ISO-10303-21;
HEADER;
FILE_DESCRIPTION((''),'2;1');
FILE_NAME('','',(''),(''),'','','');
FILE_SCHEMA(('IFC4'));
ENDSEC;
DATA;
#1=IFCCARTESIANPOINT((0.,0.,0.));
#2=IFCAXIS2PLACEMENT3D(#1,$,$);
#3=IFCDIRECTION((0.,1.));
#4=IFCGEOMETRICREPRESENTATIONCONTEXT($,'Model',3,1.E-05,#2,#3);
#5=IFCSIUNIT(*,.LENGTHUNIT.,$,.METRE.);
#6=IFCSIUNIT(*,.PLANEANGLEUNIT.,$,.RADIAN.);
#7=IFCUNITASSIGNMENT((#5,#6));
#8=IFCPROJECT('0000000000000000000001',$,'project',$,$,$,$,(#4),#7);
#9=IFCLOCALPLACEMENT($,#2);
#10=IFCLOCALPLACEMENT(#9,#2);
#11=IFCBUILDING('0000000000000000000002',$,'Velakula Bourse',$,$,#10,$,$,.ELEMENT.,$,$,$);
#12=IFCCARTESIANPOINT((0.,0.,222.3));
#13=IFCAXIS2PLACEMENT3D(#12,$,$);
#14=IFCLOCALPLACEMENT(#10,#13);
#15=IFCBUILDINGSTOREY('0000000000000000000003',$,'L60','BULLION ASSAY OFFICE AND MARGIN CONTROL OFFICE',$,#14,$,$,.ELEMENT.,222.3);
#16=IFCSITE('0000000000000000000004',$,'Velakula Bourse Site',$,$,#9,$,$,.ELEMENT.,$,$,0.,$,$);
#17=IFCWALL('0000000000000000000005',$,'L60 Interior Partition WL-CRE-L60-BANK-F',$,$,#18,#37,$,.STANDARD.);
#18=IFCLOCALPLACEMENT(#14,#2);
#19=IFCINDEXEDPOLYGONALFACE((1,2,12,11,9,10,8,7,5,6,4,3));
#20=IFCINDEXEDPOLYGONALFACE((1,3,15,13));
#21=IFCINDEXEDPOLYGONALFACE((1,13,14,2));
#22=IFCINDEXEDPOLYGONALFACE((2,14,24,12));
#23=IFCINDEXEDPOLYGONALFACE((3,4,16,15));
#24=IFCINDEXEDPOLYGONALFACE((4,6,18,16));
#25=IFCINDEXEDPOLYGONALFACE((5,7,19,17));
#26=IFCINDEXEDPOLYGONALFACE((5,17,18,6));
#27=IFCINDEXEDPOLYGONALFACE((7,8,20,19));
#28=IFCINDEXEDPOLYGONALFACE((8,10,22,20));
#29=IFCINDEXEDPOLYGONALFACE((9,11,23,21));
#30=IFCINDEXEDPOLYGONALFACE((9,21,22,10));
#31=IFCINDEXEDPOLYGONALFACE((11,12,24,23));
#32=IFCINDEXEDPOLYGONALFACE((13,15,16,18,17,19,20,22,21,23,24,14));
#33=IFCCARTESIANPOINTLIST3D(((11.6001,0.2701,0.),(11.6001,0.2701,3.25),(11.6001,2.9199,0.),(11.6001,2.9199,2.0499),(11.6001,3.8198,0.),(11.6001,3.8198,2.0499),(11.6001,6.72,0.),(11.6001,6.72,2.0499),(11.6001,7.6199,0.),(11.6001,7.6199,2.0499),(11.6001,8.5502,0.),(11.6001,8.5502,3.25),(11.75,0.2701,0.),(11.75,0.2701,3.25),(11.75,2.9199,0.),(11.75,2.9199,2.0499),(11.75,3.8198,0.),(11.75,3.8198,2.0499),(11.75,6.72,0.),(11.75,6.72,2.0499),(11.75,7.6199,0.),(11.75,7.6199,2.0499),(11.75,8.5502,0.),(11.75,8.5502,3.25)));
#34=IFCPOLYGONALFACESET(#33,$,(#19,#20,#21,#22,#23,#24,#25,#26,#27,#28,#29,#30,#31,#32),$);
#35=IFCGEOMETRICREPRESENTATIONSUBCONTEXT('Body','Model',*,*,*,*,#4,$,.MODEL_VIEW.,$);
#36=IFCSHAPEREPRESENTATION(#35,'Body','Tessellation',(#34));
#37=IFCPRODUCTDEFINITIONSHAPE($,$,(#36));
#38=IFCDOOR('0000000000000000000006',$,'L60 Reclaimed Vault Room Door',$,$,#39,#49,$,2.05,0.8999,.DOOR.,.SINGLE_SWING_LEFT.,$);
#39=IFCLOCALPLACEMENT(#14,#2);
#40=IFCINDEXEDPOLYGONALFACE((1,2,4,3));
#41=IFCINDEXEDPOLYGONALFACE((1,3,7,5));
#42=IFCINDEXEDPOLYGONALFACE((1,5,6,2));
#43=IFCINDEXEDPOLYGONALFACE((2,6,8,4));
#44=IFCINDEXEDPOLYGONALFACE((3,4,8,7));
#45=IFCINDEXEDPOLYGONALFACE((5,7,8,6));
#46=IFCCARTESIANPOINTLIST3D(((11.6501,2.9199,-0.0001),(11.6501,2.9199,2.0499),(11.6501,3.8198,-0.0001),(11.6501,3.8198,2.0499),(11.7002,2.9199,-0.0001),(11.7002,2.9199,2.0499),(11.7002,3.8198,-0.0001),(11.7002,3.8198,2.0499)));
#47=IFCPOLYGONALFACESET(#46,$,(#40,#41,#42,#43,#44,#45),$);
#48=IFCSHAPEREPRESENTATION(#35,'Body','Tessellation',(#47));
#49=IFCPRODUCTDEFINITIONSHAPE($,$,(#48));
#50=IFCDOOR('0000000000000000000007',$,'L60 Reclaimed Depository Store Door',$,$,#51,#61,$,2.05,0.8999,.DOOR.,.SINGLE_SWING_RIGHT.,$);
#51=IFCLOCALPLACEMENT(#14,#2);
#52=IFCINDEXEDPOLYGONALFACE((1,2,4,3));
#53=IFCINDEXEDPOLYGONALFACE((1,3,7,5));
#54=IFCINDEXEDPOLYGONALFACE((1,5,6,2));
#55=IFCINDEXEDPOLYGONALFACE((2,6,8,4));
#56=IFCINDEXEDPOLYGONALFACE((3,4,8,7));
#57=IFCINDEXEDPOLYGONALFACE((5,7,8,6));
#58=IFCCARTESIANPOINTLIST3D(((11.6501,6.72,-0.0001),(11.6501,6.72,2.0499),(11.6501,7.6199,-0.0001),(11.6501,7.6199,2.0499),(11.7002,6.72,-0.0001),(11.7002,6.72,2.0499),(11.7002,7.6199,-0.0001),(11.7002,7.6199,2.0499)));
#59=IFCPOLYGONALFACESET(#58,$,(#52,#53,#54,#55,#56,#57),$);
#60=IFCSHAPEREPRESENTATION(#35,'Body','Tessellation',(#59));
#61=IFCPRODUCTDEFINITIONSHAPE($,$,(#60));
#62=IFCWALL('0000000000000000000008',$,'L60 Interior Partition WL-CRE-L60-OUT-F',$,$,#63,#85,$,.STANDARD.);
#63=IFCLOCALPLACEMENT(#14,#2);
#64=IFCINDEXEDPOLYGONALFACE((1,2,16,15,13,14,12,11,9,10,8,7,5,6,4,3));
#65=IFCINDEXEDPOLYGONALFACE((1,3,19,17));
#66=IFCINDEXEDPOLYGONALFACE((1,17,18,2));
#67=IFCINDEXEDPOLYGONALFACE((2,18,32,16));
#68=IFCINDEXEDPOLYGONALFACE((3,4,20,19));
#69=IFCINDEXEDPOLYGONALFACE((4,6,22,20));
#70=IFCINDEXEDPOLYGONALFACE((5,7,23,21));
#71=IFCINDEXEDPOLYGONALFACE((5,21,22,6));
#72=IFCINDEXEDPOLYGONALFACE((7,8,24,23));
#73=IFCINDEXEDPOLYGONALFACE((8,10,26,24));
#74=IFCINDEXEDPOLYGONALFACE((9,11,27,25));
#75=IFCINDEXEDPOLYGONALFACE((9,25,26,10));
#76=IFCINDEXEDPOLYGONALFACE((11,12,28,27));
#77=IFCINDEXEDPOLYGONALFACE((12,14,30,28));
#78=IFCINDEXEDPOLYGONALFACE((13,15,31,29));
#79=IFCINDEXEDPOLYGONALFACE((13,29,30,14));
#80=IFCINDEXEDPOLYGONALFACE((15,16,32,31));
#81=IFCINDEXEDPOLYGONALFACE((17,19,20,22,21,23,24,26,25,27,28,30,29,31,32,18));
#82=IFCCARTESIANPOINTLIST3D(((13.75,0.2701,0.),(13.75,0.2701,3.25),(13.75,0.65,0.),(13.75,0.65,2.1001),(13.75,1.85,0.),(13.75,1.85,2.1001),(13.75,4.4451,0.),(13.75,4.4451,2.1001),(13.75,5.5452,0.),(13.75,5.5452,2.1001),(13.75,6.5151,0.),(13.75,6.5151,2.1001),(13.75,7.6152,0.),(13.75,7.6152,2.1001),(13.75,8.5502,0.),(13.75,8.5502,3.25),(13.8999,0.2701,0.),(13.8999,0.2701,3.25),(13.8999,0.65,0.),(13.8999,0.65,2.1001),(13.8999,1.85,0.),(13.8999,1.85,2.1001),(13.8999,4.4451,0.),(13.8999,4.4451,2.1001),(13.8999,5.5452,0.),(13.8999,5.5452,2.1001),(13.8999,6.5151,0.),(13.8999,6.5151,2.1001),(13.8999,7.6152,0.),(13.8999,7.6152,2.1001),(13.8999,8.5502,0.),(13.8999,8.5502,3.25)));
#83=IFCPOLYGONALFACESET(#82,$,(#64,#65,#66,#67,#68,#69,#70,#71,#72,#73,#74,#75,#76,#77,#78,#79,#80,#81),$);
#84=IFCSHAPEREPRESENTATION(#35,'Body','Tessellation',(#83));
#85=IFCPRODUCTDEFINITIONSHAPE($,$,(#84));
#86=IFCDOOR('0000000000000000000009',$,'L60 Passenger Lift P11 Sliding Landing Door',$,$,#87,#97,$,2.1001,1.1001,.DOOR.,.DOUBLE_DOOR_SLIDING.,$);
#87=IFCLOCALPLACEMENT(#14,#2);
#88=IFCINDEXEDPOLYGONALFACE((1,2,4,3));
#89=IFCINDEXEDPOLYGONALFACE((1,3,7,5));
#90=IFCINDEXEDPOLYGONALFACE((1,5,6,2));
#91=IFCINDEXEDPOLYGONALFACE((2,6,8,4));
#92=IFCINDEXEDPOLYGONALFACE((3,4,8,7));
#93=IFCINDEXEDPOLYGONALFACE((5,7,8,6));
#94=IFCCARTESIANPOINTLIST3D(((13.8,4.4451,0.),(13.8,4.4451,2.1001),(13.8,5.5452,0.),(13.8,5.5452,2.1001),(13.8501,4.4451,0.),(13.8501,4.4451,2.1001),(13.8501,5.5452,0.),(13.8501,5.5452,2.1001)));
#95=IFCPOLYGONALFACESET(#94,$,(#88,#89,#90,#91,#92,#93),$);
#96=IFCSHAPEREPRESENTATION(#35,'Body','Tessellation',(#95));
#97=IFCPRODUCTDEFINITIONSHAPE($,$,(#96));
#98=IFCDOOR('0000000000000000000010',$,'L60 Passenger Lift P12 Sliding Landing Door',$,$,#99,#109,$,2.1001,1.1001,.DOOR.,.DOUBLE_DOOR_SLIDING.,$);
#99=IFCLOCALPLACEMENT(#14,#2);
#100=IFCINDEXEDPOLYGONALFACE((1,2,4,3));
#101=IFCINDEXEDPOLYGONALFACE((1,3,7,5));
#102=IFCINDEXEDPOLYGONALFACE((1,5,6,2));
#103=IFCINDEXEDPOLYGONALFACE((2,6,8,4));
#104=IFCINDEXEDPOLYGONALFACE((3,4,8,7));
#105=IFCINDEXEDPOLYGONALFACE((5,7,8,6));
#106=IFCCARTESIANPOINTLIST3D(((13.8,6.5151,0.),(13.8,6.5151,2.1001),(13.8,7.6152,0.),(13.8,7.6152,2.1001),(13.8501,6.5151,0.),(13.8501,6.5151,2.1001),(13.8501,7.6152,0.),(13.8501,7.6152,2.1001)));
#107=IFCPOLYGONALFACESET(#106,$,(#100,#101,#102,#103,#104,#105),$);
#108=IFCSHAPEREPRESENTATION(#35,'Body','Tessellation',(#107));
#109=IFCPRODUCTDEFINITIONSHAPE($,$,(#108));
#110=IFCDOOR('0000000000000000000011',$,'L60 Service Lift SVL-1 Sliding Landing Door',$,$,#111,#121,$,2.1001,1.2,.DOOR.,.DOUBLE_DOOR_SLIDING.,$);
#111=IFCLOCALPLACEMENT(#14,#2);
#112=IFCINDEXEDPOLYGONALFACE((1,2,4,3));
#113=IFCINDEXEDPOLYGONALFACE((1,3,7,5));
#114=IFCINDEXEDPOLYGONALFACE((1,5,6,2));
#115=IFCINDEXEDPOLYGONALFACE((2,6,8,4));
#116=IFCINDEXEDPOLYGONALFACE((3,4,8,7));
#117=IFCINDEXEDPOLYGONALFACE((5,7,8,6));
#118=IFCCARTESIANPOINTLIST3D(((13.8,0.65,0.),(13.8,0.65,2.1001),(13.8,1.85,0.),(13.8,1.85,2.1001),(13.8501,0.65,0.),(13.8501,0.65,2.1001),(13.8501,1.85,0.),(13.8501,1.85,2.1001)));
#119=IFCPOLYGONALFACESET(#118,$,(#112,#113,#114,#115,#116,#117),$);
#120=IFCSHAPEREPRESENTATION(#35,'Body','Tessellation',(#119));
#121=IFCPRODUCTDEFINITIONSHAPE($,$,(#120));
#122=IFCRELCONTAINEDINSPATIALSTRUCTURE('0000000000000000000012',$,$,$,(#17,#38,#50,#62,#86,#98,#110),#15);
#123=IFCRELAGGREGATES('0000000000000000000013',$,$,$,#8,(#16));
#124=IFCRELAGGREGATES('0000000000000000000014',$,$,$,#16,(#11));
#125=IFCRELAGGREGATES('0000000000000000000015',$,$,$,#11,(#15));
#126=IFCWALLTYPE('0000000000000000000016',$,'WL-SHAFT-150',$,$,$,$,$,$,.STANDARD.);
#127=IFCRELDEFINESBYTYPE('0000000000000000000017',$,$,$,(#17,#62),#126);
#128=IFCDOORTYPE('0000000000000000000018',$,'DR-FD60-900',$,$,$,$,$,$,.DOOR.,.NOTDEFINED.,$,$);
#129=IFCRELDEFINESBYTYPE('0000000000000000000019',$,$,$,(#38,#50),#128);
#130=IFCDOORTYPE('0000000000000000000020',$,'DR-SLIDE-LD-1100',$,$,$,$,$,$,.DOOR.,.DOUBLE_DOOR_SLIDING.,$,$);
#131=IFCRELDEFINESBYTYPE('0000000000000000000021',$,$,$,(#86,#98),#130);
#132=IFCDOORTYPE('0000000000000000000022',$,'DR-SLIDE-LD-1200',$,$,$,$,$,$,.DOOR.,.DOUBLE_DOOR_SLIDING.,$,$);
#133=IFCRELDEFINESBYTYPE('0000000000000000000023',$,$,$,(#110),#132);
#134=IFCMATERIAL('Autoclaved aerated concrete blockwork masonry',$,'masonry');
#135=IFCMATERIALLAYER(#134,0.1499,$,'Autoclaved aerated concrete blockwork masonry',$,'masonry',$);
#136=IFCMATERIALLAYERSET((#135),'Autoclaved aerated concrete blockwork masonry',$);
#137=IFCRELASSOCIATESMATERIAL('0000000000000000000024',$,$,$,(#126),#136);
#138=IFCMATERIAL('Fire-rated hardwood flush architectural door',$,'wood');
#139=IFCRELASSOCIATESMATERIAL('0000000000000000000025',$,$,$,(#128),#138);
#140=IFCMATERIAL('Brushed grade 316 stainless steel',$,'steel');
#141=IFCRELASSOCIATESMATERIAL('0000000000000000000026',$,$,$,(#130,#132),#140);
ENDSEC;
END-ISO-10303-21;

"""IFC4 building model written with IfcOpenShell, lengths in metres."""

from ifc_helpers import new_model, si_unit, direction, frame, frame_2d, origin, place, context, subcontext, project, spatial, rectangle, extrude, material, layer, layer_set, type_object, element, fill, save


model = new_model("IFC4")

# Units and contexts
model_context = context("Model", 3, precision=1e-05, world=origin(), true_north=direction((0.0, 1.0)))
body_context = subcontext(model_context, "Body", "Model", "MODEL_VIEW")
ifc_project = project(units=[si_unit("LENGTHUNIT", "METRE"), si_unit("PLANEANGLEUNIT", "RADIAN")], contexts=[model_context])

# Site, building, storey
site_placement = place(None, origin())
site = spatial("IfcSite", under=ifc_project, at=site_placement, Name="Velakula Bourse Site", CompositionType="ELEMENT", RefElevation=0.0)
building_placement = place(site_placement, origin())
building = spatial("IfcBuilding", under=site, at=building_placement, Name="Velakula Bourse", CompositionType="ELEMENT")
storey_placement = place(building_placement, frame((0.0, 0.0, 222.3)))
storey = spatial("IfcBuildingStorey", under=building, at=storey_placement, Name="L60", Description="BULLION ASSAY OFFICE AND MARGIN CONTROL OFFICE", CompositionType="ELEMENT", Elevation=222.3)

# Shared definitions
ifc_material_1 = material(Name="Fire-rated hardwood flush architectural door", Category="wood")

# Shared definitions
ifc_material_2 = material(Name="Autoclaved aerated concrete blockwork masonry", Category="masonry")
ifc_layer_1 = layer(ifc_material_2, 0.1499, Name="Autoclaved aerated concrete blockwork masonry", Category="masonry")
ifc_layer_set_1 = layer_set([ifc_layer_1], Name="Autoclaved aerated concrete blockwork masonry")
wall_type_1 = type_object("IfcWallType", Name="WL-SHAFT-150", PredefinedType="STANDARD", material=ifc_layer_set_1)

# Walls, openings, doors
wall_1_placement = place(storey_placement, frame((11.675, 0.27, 0.0), z_axis=(0.0, 0.0, 1.0), x_axis=(0.0, 1.0, 0.0)))
wall_1 = element("IfcWall", 1, at=wall_1_placement, inside=storey, type_object=wall_type_1, Name="L60 Interior Partition WL-CRE-L60-BANK-F", PredefinedType="STANDARD", context=body_context, shape_type="SweptSolid", body=[
    extrude(rectangle(XDim=8.28, YDim=0.1499, at=frame_2d((4.1401, 0.0))), origin(), (0.0, 0.0, 1.0), 3.25),
])
opening_1_placement = place(wall_1_placement, frame((2.6499, 0.0, 0.0)))
opening_1 = element("IfcOpeningElement", 2, at=opening_1_placement, cuts=wall_1, PredefinedType="OPENING", context=body_context, shape_type="SweptSolid", body=[
    extrude(rectangle(XDim=0.8999, YDim=2.05, at=frame_2d((0.45, 1.0249))), frame((0.0, 0.085, 0.0), z_axis=(0.0, -1.0, 0.0), x_axis=(1.0, 0.0, 0.0)), (0.0, 0.0, 1.0), 0.1699),
])
opening_2_placement = place(wall_1_placement, frame((6.45, 0.0, 0.0)))
opening_2 = element("IfcOpeningElement", 3, at=opening_2_placement, cuts=wall_1, PredefinedType="OPENING", context=body_context, shape_type="SweptSolid", body=[
    extrude(rectangle(XDim=0.8999, YDim=2.05, at=frame_2d((0.45, 1.0249))), frame((0.0, 0.085, 0.0), z_axis=(0.0, -1.0, 0.0), x_axis=(1.0, 0.0, 0.0)), (0.0, 0.0, 1.0), 0.1699),
])
door_type_1 = type_object("IfcDoorType", Name="DR-FD60-900", OperationType="NOTDEFINED", PredefinedType="DOOR", material=ifc_material_1)
door_1_placement = place(opening_1_placement, origin())
door_1 = element("IfcDoor", 4, at=door_1_placement, inside=storey, type_object=door_type_1, Name="L60 Reclaimed Vault Room Door", OperationType="SINGLE_SWING_LEFT", OverallHeight=2.05, OverallWidth=0.8999, PredefinedType="DOOR", context=body_context, shape_type="SweptSolid", body=[
    extrude(rectangle(XDim=0.8999, YDim=2.05, at=frame_2d((0.45, 1.0249))), frame((0.0, 0.0249, 0.0), z_axis=(0.0, -1.0, 0.0), x_axis=(1.0, 0.0, 0.0)), (0.0, 0.0, 1.0), 0.05),
])
fill(opening_1, door_1)
door_2_placement = place(opening_2_placement, origin())
door_2 = element("IfcDoor", 5, at=door_2_placement, inside=storey, type_object=door_type_1, Name="L60 Reclaimed Depository Store Door", OperationType="SINGLE_SWING_RIGHT", OverallHeight=2.05, OverallWidth=0.8999, PredefinedType="DOOR", context=body_context, shape_type="SweptSolid", body=[
    extrude(rectangle(XDim=0.8999, YDim=2.05, at=frame_2d((0.45, 1.0249))), frame((0.0, 0.0249, 0.0), z_axis=(0.0, -1.0, 0.0), x_axis=(1.0, 0.0, 0.0)), (0.0, 0.0, 1.0), 0.05),
])
fill(opening_2, door_2)
wall_2_placement = place(storey_placement, frame((13.825, 0.27, 0.0), z_axis=(0.0, 0.0, 1.0), x_axis=(0.0, 1.0, 0.0)))
wall_2 = element("IfcWall", 6, at=wall_2_placement, inside=storey, type_object=wall_type_1, Name="L60 Interior Partition WL-CRE-L60-OUT-F", PredefinedType="STANDARD", context=body_context, shape_type="SweptSolid", body=[
    extrude(rectangle(XDim=8.28, YDim=0.1499, at=frame_2d((4.1401, 0.0))), origin(), (0.0, 0.0, 1.0), 3.25),
])
opening_3_placement = place(wall_2_placement, frame((4.175, 0.0, 0.0)))
opening_3 = element("IfcOpeningElement", 7, at=opening_3_placement, cuts=wall_2, PredefinedType="OPENING", context=body_context, shape_type="SweptSolid", body=[
    extrude(rectangle(XDim=1.1001, YDim=2.1001, at=frame_2d((0.55, 1.05))), frame((0.0, 0.085, 0.0), z_axis=(0.0, -1.0, 0.0), x_axis=(1.0, 0.0, 0.0)), (0.0, 0.0, 1.0), 0.1699),
])
opening_4_placement = place(wall_2_placement, frame((6.2451, 0.0, 0.0)))
opening_4 = element("IfcOpeningElement", 8, at=opening_4_placement, cuts=wall_2, PredefinedType="OPENING", context=body_context, shape_type="SweptSolid", body=[
    extrude(rectangle(XDim=1.1001, YDim=2.1001, at=frame_2d((0.55, 1.05))), frame((0.0, 0.085, 0.0), z_axis=(0.0, -1.0, 0.0), x_axis=(1.0, 0.0, 0.0)), (0.0, 0.0, 1.0), 0.1699),
])
opening_5_placement = place(wall_2_placement, frame((0.3799, 0.0, 0.0)))
opening_5 = element("IfcOpeningElement", 9, at=opening_5_placement, cuts=wall_2, PredefinedType="OPENING", context=body_context, shape_type="SweptSolid", body=[
    extrude(rectangle(XDim=1.2, YDim=2.1001, at=frame_2d((0.6001, 1.05))), frame((0.0, 0.085, 0.0), z_axis=(0.0, -1.0, 0.0), x_axis=(1.0, 0.0, 0.0)), (0.0, 0.0, 1.0), 0.1699),
])
ifc_material_3 = material(Name="Brushed grade 316 stainless steel", Category="steel")
door_type_2 = type_object("IfcDoorType", Name="DR-SLIDE-LD-1100", OperationType="DOUBLE_DOOR_SLIDING", PredefinedType="DOOR", material=ifc_material_3)
door_3_placement = place(opening_3_placement, origin())
door_3 = element("IfcDoor", 10, at=door_3_placement, inside=storey, type_object=door_type_2, Name="L60 Passenger Lift P11 Sliding Landing Door", OperationType="DOUBLE_DOOR_SLIDING", OverallHeight=2.1001, OverallWidth=1.1001, PredefinedType="DOOR", context=body_context, shape_type="SweptSolid", body=[
    extrude(rectangle(XDim=1.1001, YDim=2.1001, at=frame_2d((0.55, 1.05))), frame((0.0, 0.0249, 0.0), z_axis=(0.0, -1.0, 0.0), x_axis=(1.0, 0.0, 0.0)), (0.0, 0.0, 1.0), 0.05),
])
fill(opening_3, door_3)
door_4_placement = place(opening_4_placement, origin())
door_4 = element("IfcDoor", 11, at=door_4_placement, inside=storey, type_object=door_type_2, Name="L60 Passenger Lift P12 Sliding Landing Door", OperationType="DOUBLE_DOOR_SLIDING", OverallHeight=2.1001, OverallWidth=1.1001, PredefinedType="DOOR", context=body_context, shape_type="SweptSolid", body=[
    extrude(rectangle(XDim=1.1001, YDim=2.1001, at=frame_2d((0.55, 1.05))), frame((0.0, 0.0249, 0.0), z_axis=(0.0, -1.0, 0.0), x_axis=(1.0, 0.0, 0.0)), (0.0, 0.0, 1.0), 0.05),
])
fill(opening_4, door_4)
door_type_3 = type_object("IfcDoorType", Name="DR-SLIDE-LD-1200", OperationType="DOUBLE_DOOR_SLIDING", PredefinedType="DOOR", material=ifc_material_3)
door_5_placement = place(opening_5_placement, origin())
door_5 = element("IfcDoor", 12, at=door_5_placement, inside=storey, type_object=door_type_3, Name="L60 Service Lift SVL-1 Sliding Landing Door", OperationType="DOUBLE_DOOR_SLIDING", OverallHeight=2.1001, OverallWidth=1.2, PredefinedType="DOOR", context=body_context, shape_type="SweptSolid", body=[
    extrude(rectangle(XDim=1.2, YDim=2.1001, at=frame_2d((0.6001, 1.05))), frame((0.0, 0.0249, 0.0), z_axis=(0.0, -1.0, 0.0), x_axis=(1.0, 0.0, 0.0)), (0.0, 0.0, 1.0), 0.05),
])
fill(opening_5, door_5)

save(model, "model.ifc")
